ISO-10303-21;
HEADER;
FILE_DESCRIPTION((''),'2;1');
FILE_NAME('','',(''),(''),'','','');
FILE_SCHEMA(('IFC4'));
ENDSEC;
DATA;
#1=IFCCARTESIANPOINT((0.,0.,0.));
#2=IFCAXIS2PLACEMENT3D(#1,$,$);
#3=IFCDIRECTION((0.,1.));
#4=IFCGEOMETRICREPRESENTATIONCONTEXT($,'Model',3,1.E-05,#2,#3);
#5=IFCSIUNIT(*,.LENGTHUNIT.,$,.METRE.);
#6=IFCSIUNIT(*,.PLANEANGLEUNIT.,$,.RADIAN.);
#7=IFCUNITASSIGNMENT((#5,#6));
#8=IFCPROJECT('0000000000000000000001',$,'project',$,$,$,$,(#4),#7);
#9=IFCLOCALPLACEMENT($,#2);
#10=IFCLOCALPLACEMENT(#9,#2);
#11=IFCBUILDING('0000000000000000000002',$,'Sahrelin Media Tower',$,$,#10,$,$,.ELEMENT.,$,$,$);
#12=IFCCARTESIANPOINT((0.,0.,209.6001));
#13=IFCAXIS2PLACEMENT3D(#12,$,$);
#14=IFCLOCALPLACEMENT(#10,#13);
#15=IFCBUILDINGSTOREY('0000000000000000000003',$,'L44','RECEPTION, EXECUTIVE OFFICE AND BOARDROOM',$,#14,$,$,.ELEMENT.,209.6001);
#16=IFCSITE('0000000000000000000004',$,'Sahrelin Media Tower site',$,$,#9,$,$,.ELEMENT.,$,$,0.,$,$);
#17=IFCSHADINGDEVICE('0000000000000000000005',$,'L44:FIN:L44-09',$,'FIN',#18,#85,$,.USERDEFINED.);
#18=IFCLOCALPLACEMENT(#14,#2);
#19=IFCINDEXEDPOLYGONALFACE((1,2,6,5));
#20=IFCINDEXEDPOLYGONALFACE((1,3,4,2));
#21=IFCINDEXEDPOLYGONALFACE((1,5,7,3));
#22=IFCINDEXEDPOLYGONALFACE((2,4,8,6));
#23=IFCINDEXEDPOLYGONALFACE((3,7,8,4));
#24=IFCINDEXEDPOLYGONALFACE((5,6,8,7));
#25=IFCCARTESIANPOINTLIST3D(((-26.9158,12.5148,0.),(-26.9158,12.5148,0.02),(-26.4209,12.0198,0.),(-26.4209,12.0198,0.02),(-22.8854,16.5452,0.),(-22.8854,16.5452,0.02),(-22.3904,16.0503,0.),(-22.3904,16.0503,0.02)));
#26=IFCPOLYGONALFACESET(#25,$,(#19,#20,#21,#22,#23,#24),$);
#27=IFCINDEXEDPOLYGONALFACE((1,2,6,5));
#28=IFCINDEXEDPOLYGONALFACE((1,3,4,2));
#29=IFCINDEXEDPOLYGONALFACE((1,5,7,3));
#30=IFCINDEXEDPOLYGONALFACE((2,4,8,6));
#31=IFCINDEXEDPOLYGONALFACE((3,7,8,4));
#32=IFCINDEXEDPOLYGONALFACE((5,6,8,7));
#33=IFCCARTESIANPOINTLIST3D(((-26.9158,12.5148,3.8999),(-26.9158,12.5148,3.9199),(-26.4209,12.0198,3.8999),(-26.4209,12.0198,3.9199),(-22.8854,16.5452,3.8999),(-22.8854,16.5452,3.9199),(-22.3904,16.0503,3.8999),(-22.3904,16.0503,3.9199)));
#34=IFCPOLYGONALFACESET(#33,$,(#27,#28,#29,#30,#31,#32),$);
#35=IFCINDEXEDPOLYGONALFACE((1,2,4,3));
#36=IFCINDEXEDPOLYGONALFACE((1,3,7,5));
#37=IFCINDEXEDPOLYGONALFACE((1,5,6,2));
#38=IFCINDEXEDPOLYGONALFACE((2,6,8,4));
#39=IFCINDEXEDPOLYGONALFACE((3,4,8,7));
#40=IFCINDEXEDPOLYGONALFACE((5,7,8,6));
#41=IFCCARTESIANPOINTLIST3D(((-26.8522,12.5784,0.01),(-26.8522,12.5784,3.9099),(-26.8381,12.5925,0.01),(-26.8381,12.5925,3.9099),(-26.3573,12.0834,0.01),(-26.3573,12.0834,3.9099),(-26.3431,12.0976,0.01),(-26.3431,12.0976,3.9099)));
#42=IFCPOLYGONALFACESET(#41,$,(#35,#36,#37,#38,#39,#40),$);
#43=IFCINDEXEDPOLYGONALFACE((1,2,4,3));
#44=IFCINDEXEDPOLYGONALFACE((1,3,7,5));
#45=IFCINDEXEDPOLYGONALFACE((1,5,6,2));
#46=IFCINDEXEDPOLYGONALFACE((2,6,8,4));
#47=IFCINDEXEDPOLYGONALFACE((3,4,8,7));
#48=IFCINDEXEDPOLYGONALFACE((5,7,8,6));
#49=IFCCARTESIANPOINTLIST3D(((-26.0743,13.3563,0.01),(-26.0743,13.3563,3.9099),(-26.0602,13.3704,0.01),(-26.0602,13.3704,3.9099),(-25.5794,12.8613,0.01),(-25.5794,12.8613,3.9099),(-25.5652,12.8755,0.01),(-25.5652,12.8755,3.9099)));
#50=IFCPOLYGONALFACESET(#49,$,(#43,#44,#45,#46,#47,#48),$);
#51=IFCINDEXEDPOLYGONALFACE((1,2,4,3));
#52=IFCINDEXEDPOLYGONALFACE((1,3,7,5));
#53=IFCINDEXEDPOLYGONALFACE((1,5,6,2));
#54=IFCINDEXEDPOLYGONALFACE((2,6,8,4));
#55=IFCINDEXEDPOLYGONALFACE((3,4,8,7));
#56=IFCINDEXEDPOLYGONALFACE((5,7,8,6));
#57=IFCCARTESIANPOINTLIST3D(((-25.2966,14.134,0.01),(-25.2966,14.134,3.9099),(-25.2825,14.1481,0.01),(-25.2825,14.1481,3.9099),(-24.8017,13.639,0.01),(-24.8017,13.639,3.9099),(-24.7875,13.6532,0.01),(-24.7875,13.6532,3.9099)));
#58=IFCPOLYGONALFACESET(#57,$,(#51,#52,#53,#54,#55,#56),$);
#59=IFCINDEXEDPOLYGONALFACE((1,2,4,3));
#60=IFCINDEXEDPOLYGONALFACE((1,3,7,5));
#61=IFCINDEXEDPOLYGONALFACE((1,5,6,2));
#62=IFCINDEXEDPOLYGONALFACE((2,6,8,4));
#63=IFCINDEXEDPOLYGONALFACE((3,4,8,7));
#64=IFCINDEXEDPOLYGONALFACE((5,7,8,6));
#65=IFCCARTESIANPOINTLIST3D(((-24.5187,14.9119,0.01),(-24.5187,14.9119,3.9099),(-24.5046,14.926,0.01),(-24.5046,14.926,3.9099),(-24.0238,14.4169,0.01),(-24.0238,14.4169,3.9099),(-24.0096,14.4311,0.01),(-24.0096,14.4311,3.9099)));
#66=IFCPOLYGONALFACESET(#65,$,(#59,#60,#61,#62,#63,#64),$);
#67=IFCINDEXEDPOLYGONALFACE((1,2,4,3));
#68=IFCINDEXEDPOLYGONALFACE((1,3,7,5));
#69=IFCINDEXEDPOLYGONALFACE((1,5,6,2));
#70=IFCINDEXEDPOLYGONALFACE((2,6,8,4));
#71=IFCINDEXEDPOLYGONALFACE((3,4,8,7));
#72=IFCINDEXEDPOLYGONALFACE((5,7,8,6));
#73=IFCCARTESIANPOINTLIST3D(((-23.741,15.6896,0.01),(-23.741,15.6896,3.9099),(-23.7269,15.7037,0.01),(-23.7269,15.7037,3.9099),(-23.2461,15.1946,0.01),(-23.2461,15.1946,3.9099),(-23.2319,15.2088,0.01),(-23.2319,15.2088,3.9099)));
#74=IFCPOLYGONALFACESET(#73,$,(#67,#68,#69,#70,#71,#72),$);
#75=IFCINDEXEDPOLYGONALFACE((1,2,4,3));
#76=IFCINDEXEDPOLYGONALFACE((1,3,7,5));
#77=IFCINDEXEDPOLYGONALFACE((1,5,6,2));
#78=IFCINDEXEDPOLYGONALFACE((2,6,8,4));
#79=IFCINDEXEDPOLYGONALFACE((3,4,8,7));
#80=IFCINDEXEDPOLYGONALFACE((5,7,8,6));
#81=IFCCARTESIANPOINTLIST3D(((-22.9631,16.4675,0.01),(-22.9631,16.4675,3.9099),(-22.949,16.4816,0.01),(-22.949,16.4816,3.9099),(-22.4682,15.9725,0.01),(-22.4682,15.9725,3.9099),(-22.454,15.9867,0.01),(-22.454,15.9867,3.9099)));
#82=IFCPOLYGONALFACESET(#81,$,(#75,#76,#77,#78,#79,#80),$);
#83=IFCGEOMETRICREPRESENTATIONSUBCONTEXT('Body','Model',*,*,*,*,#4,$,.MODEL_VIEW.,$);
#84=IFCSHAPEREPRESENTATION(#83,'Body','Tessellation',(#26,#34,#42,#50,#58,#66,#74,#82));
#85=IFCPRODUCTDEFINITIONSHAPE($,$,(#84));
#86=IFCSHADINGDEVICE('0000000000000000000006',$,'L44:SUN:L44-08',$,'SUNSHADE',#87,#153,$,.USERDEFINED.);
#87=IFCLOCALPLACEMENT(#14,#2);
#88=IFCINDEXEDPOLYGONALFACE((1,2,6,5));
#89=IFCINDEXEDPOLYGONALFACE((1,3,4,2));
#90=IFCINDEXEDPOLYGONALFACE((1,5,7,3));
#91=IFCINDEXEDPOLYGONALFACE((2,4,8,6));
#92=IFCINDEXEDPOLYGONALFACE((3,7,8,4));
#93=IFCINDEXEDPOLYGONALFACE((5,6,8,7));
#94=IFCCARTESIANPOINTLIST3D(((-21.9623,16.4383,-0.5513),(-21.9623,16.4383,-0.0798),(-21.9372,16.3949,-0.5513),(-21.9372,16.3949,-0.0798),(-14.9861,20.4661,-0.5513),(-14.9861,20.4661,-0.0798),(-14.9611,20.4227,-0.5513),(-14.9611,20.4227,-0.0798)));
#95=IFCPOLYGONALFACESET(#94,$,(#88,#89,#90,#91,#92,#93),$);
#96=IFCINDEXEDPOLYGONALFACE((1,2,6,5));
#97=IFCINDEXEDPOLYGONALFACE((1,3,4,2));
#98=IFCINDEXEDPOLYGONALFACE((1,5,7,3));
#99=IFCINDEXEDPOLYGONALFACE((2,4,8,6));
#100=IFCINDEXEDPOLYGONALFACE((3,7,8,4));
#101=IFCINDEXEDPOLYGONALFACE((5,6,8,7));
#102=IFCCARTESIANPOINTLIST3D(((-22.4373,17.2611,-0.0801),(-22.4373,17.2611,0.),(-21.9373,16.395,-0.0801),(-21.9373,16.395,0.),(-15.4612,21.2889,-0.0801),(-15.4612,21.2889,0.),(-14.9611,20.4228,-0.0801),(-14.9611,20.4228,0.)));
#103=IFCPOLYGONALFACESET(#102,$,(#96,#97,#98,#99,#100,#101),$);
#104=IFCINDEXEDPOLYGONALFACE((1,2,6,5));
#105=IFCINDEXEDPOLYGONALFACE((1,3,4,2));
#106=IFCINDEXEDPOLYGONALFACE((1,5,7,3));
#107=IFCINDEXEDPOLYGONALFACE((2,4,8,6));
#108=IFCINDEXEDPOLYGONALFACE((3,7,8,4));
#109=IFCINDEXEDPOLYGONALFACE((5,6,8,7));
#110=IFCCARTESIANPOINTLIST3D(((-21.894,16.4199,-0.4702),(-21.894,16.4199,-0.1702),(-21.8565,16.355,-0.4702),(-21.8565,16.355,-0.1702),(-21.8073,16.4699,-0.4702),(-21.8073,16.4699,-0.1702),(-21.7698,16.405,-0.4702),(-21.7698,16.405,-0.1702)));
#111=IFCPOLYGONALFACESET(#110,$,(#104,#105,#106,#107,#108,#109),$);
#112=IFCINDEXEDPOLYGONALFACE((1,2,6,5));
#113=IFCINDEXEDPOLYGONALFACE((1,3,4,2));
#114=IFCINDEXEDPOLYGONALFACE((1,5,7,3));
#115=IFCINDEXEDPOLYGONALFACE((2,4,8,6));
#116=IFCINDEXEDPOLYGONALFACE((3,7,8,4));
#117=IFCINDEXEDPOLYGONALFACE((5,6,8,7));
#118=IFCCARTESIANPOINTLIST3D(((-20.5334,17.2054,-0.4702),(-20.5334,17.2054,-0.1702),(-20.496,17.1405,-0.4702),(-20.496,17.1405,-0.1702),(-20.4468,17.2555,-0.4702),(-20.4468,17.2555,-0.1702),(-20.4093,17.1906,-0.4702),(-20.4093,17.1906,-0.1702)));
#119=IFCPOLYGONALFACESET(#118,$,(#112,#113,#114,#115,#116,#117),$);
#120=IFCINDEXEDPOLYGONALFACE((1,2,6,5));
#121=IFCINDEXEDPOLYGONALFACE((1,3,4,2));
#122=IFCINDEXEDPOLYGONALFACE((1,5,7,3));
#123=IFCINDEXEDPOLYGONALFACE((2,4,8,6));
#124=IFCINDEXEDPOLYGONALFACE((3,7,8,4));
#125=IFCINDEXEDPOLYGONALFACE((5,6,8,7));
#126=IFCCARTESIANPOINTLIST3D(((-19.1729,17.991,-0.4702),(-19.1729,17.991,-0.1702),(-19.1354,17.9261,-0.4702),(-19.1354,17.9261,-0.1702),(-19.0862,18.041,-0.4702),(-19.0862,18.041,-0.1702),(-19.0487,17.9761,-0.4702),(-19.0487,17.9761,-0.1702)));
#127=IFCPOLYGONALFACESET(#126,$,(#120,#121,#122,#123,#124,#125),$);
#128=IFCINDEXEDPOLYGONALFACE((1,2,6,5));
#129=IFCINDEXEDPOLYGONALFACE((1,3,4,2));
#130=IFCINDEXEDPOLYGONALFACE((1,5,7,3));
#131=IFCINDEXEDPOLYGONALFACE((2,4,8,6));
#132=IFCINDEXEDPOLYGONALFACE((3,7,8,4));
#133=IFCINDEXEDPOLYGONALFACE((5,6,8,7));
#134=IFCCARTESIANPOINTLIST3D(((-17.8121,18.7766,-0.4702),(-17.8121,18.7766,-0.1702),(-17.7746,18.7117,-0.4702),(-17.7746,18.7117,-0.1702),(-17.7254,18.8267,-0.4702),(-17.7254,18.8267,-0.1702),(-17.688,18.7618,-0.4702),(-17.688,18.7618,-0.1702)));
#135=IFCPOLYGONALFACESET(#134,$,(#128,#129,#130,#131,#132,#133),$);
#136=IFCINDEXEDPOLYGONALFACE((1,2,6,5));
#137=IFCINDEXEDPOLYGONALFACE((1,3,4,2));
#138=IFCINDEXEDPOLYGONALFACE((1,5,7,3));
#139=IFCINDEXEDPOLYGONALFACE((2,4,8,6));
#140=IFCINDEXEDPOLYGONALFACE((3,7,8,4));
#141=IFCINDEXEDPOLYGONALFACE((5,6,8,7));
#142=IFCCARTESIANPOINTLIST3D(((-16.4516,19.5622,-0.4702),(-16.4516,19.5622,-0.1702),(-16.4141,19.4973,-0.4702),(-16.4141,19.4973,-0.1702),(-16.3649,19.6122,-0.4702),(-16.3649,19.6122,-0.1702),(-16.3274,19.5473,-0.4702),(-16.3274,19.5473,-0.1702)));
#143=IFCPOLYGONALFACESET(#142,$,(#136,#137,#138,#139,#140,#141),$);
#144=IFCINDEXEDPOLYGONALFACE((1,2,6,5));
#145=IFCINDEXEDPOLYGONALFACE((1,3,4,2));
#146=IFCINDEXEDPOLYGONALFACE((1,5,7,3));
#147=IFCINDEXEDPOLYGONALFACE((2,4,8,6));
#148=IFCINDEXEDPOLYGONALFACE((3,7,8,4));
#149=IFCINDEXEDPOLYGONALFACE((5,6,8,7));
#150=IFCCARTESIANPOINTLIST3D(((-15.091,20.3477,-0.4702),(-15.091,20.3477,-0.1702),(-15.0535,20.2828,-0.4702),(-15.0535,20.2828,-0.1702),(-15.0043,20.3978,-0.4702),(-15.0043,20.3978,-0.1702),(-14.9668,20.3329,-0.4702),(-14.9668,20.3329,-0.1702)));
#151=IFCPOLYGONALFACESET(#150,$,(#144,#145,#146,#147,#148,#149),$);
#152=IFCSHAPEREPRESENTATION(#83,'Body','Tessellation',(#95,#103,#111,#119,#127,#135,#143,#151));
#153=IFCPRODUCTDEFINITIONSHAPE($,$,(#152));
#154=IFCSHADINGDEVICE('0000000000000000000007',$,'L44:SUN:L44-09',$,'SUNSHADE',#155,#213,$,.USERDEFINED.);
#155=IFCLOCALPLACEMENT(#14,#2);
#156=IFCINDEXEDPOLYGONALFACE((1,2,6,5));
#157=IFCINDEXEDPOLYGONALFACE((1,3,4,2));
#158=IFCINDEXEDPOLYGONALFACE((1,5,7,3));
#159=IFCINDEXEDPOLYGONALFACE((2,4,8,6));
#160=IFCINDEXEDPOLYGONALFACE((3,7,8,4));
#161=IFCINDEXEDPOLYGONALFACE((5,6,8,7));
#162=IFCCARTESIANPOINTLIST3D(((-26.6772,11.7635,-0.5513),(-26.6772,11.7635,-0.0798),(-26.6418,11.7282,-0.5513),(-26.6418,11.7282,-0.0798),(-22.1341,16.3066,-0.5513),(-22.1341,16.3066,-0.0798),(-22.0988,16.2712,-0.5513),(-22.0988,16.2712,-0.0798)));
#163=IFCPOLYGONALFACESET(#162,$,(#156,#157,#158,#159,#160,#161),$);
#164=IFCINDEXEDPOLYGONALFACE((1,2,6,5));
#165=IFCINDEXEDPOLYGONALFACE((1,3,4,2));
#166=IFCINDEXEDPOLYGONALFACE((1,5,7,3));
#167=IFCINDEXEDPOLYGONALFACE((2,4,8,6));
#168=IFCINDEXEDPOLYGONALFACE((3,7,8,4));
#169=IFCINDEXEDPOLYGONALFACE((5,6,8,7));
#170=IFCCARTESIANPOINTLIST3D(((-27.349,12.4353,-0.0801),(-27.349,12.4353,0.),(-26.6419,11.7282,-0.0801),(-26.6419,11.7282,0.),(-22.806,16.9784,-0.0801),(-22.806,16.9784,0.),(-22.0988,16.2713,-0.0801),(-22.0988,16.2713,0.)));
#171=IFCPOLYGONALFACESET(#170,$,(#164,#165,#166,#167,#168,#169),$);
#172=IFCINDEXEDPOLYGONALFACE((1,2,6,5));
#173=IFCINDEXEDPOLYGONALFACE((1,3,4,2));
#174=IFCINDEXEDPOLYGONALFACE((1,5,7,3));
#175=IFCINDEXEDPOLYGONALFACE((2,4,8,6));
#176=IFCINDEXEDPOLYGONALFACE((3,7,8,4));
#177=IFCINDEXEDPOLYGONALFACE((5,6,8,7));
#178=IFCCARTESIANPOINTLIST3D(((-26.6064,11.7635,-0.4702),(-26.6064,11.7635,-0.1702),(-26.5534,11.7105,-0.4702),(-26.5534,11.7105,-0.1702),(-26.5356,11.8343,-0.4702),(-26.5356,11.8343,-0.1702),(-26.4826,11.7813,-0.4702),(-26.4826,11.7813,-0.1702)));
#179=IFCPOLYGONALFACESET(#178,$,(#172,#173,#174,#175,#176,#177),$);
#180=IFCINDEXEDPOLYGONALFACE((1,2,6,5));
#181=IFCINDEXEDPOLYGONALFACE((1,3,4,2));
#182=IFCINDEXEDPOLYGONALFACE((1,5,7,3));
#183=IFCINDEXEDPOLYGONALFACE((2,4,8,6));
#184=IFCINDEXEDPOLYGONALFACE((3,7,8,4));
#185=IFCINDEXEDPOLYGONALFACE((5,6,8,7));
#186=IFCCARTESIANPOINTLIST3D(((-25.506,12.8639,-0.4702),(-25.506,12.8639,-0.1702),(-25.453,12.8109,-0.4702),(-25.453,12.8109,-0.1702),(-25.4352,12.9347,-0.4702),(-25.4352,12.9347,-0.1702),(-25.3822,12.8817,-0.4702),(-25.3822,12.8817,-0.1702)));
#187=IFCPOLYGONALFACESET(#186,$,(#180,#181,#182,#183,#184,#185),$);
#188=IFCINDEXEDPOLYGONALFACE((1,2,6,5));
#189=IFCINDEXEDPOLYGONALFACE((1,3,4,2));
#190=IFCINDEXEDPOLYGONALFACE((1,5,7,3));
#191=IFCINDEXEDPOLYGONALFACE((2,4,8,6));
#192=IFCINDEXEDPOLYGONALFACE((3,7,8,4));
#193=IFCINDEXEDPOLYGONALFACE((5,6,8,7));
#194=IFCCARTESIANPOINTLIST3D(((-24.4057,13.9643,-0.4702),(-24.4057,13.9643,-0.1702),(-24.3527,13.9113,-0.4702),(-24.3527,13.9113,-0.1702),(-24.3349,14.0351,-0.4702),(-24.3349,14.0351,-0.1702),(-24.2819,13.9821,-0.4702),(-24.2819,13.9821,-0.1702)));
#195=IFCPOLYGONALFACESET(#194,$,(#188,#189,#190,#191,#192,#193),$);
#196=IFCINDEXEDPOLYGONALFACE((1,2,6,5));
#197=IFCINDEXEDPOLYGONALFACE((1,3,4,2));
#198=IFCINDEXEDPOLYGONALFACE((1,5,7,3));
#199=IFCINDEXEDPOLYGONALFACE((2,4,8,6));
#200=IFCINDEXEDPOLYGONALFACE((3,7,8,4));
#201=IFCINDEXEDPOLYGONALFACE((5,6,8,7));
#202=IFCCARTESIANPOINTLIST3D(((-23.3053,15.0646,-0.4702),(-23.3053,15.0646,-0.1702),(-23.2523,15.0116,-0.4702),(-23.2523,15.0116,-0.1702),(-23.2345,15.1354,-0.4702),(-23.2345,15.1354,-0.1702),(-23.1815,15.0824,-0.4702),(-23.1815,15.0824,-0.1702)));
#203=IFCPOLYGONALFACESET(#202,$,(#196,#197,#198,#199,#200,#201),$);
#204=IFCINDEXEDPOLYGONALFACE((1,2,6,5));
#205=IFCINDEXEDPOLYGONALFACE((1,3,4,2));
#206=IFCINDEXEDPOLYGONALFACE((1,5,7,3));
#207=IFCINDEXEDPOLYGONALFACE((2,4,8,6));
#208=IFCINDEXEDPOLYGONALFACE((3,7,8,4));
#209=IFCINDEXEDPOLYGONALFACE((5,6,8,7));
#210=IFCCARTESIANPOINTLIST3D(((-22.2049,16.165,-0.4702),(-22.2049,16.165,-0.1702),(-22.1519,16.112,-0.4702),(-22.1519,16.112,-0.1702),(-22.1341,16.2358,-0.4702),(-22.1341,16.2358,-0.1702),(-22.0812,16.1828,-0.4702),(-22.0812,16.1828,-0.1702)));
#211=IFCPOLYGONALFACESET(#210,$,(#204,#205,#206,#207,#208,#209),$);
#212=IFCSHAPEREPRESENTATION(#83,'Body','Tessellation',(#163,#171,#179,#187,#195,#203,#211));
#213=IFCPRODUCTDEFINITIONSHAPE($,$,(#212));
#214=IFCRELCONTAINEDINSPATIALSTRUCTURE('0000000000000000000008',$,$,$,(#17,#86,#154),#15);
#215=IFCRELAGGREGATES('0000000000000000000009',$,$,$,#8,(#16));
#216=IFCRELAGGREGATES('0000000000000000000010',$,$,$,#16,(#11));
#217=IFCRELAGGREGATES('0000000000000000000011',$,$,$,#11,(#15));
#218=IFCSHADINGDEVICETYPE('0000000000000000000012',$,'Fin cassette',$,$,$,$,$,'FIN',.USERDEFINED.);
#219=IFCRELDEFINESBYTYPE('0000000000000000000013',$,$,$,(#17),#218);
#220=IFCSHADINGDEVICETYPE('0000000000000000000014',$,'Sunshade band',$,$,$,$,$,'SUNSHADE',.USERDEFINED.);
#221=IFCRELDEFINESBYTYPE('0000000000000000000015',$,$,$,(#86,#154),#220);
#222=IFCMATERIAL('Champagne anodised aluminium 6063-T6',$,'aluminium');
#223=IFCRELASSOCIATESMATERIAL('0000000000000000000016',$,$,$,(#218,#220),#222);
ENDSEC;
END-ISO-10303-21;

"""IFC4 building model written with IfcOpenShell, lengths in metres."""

from ifc_helpers import new_model, si_unit, direction, frame, origin, origin_2d, place, context, subcontext, project, spatial, rectangle, extrude, material, type_object, element, save


model = new_model("IFC4")

# Units and contexts
model_context = context("Model", 3, precision=1e-05, world=origin(), true_north=direction((0.0, 1.0)))
body_context = subcontext(model_context, "Body", "Model", "MODEL_VIEW")
ifc_project = project(units=[si_unit("LENGTHUNIT", "METRE"), si_unit("PLANEANGLEUNIT", "RADIAN")], contexts=[model_context])

# Site, building, storey
site_placement = place(None, origin())
site = spatial("IfcSite", under=ifc_project, at=site_placement, Name="Sahrelin Media Tower site", CompositionType="ELEMENT", RefElevation=0.0)
building_placement = place(site_placement, origin())
building = spatial("IfcBuilding", under=site, at=building_placement, Name="Sahrelin Media Tower", CompositionType="ELEMENT")
storey_placement = place(building_placement, frame((0.0, 0.0, 209.6001)))
storey = spatial("IfcBuildingStorey", under=building, at=storey_placement, Name="L44", Description="RECEPTION, EXECUTIVE OFFICE AND BOARDROOM", CompositionType="ELEMENT", Elevation=209.6001)

# Shared definitions
ifc_material_1 = material(Name="Champagne anodised aluminium 6063-T6", Category="aluminium")

# Shading devices
shading_device_type_1 = type_object("IfcShadingDeviceType", Name="Fin cassette", ElementType="FIN", PredefinedType="USERDEFINED", material=ifc_material_1)
placement_1 = place(storey_placement, frame((-18.4392, 18.3916, 0.0), z_axis=(0.0, 0.0, 1.0), x_axis=(0.866019, 0.500011, 0.0)))
placement_2 = place(storey_placement, frame((-24.3562, 13.9856, 0.0), z_axis=(0.0, 0.0, 1.0), x_axis=(0.707107, 0.707107, 0.0)))
element("IfcShadingDevice", 1, at=placement_2, inside=storey, type_object=shading_device_type_1, Name="L44:FIN:L44-09", ObjectType="FIN", PredefinedType="USERDEFINED", context=body_context, shape_type="SweptSolid", body=[
    extrude(rectangle(XDim=5.7, YDim=0.7, at=origin_2d()), frame((0.0, 0.4199, 0.0)), (0.0, 0.0, 1.0), 0.02),
    extrude(rectangle(XDim=5.7, YDim=0.7, at=origin_2d()), frame((0.0, 0.4199, 3.8999)), (0.0, 0.0, 1.0), 0.02),
    extrude(rectangle(XDim=0.02, YDim=0.7, at=origin_2d()), frame((-2.75, 0.4199, 0.01), z_axis=(0.0, 0.0, 1.0), x_axis=(1.0, 0.0, 0.0)), (0.0, 0.0, 1.0), 3.8999),
    extrude(rectangle(XDim=0.02, YDim=0.7, at=origin_2d()), frame((-1.6499, 0.4199, 0.01), z_axis=(0.0, 0.0, 1.0), x_axis=(1.0, 0.0, 0.0)), (0.0, 0.0, 1.0), 3.8999),
    extrude(rectangle(XDim=0.02, YDim=0.7, at=origin_2d()), frame((-0.55, 0.4199, 0.01), z_axis=(0.0, 0.0, 1.0), x_axis=(1.0, 0.0, 0.0)), (0.0, 0.0, 1.0), 3.8999),
    extrude(rectangle(XDim=0.02, YDim=0.7, at=origin_2d()), frame((0.55, 0.4199, 0.01), z_axis=(0.0, 0.0, 1.0), x_axis=(1.0, 0.0, 0.0)), (0.0, 0.0, 1.0), 3.8999),
    extrude(rectangle(XDim=0.02, YDim=0.7, at=origin_2d()), frame((1.6499, 0.4199, 0.01), z_axis=(0.0, 0.0, 1.0), x_axis=(1.0, 0.0, 0.0)), (0.0, 0.0, 1.0), 3.8999),
    extrude(rectangle(XDim=0.02, YDim=0.7, at=origin_2d()), frame((2.75, 0.4199, 0.01), z_axis=(0.0, 0.0, 1.0), x_axis=(1.0, 0.0, 0.0)), (0.0, 0.0, 1.0), 3.8999),
])
shading_device_type_2 = type_object("IfcShadingDeviceType", Name="Sunshade band", ElementType="SUNSHADE", PredefinedType="USERDEFINED", material=ifc_material_1)
element("IfcShadingDevice", 2, at=placement_1, inside=storey, type_object=shading_device_type_2, Name="L44:SUN:L44-08", ObjectType="SUNSHADE", PredefinedType="USERDEFINED", context=body_context, shape_type="SweptSolid", body=[
    extrude(rectangle(XDim=8.0554, YDim=0.05, at=origin_2d()), frame((0.0, 0.0449, -0.5513)), (0.0, 0.0, 1.0), 0.4714),
    extrude(rectangle(XDim=8.0554, YDim=1.0, at=origin_2d()), frame((0.0, 0.52, -0.0801)), (0.0, 0.0, 1.0), 0.0801),
    extrude(rectangle(XDim=0.1001, YDim=0.075, at=origin_2d()), frame((-3.9277, -0.0176, -0.4702)), (0.0, 0.0, 1.0), 0.3),
    extrude(rectangle(XDim=0.1001, YDim=0.075, at=origin_2d()), frame((-2.3567, -0.0176, -0.4702)), (0.0, 0.0, 1.0), 0.3),
    extrude(rectangle(XDim=0.1001, YDim=0.075, at=origin_2d()), frame((-0.7856, -0.0176, -0.4702)), (0.0, 0.0, 1.0), 0.3),
    extrude(rectangle(XDim=0.1001, YDim=0.075, at=origin_2d()), frame((0.7856, -0.0176, -0.4702)), (0.0, 0.0, 1.0), 0.3),
    extrude(rectangle(XDim=0.1001, YDim=0.075, at=origin_2d()), frame((2.3567, -0.0176, -0.4702)), (0.0, 0.0, 1.0), 0.3),
    extrude(rectangle(XDim=0.1001, YDim=0.075, at=origin_2d()), frame((3.9277, -0.0176, -0.4702)), (0.0, 0.0, 1.0), 0.3),
])
element("IfcShadingDevice", 3, at=placement_2, inside=storey, type_object=shading_device_type_2, Name="L44:SUN:L44-09", ObjectType="SUNSHADE", PredefinedType="USERDEFINED", context=body_context, shape_type="SweptSolid", body=[
    extrude(rectangle(XDim=6.4248, YDim=0.05, at=origin_2d()), frame((0.0, 0.0449, -0.5513)), (0.0, 0.0, 1.0), 0.4714),
    extrude(rectangle(XDim=6.4248, YDim=1.0, at=origin_2d()), frame((0.0, 0.52, -0.0801)), (0.0, 0.0, 1.0), 0.0801),
    extrude(rectangle(XDim=0.1001, YDim=0.075, at=origin_2d()), frame((-3.1123, -0.0176, -0.4702)), (0.0, 0.0, 1.0), 0.3),
    extrude(rectangle(XDim=0.1001, YDim=0.075, at=origin_2d()), frame((-1.5562, -0.0176, -0.4702)), (0.0, 0.0, 1.0), 0.3),
    extrude(rectangle(XDim=0.1001, YDim=0.075, at=origin_2d()), frame((0.0, -0.0176, -0.4702)), (0.0, 0.0, 1.0), 0.3),
    extrude(rectangle(XDim=0.1001, YDim=0.075, at=origin_2d()), frame((1.5562, -0.0176, -0.4702)), (0.0, 0.0, 1.0), 0.3),
    extrude(rectangle(XDim=0.1001, YDim=0.075, at=origin_2d()), frame((3.1123, -0.0176, -0.4702)), (0.0, 0.0, 1.0), 0.3),
])

save(model, "model.ifc")
